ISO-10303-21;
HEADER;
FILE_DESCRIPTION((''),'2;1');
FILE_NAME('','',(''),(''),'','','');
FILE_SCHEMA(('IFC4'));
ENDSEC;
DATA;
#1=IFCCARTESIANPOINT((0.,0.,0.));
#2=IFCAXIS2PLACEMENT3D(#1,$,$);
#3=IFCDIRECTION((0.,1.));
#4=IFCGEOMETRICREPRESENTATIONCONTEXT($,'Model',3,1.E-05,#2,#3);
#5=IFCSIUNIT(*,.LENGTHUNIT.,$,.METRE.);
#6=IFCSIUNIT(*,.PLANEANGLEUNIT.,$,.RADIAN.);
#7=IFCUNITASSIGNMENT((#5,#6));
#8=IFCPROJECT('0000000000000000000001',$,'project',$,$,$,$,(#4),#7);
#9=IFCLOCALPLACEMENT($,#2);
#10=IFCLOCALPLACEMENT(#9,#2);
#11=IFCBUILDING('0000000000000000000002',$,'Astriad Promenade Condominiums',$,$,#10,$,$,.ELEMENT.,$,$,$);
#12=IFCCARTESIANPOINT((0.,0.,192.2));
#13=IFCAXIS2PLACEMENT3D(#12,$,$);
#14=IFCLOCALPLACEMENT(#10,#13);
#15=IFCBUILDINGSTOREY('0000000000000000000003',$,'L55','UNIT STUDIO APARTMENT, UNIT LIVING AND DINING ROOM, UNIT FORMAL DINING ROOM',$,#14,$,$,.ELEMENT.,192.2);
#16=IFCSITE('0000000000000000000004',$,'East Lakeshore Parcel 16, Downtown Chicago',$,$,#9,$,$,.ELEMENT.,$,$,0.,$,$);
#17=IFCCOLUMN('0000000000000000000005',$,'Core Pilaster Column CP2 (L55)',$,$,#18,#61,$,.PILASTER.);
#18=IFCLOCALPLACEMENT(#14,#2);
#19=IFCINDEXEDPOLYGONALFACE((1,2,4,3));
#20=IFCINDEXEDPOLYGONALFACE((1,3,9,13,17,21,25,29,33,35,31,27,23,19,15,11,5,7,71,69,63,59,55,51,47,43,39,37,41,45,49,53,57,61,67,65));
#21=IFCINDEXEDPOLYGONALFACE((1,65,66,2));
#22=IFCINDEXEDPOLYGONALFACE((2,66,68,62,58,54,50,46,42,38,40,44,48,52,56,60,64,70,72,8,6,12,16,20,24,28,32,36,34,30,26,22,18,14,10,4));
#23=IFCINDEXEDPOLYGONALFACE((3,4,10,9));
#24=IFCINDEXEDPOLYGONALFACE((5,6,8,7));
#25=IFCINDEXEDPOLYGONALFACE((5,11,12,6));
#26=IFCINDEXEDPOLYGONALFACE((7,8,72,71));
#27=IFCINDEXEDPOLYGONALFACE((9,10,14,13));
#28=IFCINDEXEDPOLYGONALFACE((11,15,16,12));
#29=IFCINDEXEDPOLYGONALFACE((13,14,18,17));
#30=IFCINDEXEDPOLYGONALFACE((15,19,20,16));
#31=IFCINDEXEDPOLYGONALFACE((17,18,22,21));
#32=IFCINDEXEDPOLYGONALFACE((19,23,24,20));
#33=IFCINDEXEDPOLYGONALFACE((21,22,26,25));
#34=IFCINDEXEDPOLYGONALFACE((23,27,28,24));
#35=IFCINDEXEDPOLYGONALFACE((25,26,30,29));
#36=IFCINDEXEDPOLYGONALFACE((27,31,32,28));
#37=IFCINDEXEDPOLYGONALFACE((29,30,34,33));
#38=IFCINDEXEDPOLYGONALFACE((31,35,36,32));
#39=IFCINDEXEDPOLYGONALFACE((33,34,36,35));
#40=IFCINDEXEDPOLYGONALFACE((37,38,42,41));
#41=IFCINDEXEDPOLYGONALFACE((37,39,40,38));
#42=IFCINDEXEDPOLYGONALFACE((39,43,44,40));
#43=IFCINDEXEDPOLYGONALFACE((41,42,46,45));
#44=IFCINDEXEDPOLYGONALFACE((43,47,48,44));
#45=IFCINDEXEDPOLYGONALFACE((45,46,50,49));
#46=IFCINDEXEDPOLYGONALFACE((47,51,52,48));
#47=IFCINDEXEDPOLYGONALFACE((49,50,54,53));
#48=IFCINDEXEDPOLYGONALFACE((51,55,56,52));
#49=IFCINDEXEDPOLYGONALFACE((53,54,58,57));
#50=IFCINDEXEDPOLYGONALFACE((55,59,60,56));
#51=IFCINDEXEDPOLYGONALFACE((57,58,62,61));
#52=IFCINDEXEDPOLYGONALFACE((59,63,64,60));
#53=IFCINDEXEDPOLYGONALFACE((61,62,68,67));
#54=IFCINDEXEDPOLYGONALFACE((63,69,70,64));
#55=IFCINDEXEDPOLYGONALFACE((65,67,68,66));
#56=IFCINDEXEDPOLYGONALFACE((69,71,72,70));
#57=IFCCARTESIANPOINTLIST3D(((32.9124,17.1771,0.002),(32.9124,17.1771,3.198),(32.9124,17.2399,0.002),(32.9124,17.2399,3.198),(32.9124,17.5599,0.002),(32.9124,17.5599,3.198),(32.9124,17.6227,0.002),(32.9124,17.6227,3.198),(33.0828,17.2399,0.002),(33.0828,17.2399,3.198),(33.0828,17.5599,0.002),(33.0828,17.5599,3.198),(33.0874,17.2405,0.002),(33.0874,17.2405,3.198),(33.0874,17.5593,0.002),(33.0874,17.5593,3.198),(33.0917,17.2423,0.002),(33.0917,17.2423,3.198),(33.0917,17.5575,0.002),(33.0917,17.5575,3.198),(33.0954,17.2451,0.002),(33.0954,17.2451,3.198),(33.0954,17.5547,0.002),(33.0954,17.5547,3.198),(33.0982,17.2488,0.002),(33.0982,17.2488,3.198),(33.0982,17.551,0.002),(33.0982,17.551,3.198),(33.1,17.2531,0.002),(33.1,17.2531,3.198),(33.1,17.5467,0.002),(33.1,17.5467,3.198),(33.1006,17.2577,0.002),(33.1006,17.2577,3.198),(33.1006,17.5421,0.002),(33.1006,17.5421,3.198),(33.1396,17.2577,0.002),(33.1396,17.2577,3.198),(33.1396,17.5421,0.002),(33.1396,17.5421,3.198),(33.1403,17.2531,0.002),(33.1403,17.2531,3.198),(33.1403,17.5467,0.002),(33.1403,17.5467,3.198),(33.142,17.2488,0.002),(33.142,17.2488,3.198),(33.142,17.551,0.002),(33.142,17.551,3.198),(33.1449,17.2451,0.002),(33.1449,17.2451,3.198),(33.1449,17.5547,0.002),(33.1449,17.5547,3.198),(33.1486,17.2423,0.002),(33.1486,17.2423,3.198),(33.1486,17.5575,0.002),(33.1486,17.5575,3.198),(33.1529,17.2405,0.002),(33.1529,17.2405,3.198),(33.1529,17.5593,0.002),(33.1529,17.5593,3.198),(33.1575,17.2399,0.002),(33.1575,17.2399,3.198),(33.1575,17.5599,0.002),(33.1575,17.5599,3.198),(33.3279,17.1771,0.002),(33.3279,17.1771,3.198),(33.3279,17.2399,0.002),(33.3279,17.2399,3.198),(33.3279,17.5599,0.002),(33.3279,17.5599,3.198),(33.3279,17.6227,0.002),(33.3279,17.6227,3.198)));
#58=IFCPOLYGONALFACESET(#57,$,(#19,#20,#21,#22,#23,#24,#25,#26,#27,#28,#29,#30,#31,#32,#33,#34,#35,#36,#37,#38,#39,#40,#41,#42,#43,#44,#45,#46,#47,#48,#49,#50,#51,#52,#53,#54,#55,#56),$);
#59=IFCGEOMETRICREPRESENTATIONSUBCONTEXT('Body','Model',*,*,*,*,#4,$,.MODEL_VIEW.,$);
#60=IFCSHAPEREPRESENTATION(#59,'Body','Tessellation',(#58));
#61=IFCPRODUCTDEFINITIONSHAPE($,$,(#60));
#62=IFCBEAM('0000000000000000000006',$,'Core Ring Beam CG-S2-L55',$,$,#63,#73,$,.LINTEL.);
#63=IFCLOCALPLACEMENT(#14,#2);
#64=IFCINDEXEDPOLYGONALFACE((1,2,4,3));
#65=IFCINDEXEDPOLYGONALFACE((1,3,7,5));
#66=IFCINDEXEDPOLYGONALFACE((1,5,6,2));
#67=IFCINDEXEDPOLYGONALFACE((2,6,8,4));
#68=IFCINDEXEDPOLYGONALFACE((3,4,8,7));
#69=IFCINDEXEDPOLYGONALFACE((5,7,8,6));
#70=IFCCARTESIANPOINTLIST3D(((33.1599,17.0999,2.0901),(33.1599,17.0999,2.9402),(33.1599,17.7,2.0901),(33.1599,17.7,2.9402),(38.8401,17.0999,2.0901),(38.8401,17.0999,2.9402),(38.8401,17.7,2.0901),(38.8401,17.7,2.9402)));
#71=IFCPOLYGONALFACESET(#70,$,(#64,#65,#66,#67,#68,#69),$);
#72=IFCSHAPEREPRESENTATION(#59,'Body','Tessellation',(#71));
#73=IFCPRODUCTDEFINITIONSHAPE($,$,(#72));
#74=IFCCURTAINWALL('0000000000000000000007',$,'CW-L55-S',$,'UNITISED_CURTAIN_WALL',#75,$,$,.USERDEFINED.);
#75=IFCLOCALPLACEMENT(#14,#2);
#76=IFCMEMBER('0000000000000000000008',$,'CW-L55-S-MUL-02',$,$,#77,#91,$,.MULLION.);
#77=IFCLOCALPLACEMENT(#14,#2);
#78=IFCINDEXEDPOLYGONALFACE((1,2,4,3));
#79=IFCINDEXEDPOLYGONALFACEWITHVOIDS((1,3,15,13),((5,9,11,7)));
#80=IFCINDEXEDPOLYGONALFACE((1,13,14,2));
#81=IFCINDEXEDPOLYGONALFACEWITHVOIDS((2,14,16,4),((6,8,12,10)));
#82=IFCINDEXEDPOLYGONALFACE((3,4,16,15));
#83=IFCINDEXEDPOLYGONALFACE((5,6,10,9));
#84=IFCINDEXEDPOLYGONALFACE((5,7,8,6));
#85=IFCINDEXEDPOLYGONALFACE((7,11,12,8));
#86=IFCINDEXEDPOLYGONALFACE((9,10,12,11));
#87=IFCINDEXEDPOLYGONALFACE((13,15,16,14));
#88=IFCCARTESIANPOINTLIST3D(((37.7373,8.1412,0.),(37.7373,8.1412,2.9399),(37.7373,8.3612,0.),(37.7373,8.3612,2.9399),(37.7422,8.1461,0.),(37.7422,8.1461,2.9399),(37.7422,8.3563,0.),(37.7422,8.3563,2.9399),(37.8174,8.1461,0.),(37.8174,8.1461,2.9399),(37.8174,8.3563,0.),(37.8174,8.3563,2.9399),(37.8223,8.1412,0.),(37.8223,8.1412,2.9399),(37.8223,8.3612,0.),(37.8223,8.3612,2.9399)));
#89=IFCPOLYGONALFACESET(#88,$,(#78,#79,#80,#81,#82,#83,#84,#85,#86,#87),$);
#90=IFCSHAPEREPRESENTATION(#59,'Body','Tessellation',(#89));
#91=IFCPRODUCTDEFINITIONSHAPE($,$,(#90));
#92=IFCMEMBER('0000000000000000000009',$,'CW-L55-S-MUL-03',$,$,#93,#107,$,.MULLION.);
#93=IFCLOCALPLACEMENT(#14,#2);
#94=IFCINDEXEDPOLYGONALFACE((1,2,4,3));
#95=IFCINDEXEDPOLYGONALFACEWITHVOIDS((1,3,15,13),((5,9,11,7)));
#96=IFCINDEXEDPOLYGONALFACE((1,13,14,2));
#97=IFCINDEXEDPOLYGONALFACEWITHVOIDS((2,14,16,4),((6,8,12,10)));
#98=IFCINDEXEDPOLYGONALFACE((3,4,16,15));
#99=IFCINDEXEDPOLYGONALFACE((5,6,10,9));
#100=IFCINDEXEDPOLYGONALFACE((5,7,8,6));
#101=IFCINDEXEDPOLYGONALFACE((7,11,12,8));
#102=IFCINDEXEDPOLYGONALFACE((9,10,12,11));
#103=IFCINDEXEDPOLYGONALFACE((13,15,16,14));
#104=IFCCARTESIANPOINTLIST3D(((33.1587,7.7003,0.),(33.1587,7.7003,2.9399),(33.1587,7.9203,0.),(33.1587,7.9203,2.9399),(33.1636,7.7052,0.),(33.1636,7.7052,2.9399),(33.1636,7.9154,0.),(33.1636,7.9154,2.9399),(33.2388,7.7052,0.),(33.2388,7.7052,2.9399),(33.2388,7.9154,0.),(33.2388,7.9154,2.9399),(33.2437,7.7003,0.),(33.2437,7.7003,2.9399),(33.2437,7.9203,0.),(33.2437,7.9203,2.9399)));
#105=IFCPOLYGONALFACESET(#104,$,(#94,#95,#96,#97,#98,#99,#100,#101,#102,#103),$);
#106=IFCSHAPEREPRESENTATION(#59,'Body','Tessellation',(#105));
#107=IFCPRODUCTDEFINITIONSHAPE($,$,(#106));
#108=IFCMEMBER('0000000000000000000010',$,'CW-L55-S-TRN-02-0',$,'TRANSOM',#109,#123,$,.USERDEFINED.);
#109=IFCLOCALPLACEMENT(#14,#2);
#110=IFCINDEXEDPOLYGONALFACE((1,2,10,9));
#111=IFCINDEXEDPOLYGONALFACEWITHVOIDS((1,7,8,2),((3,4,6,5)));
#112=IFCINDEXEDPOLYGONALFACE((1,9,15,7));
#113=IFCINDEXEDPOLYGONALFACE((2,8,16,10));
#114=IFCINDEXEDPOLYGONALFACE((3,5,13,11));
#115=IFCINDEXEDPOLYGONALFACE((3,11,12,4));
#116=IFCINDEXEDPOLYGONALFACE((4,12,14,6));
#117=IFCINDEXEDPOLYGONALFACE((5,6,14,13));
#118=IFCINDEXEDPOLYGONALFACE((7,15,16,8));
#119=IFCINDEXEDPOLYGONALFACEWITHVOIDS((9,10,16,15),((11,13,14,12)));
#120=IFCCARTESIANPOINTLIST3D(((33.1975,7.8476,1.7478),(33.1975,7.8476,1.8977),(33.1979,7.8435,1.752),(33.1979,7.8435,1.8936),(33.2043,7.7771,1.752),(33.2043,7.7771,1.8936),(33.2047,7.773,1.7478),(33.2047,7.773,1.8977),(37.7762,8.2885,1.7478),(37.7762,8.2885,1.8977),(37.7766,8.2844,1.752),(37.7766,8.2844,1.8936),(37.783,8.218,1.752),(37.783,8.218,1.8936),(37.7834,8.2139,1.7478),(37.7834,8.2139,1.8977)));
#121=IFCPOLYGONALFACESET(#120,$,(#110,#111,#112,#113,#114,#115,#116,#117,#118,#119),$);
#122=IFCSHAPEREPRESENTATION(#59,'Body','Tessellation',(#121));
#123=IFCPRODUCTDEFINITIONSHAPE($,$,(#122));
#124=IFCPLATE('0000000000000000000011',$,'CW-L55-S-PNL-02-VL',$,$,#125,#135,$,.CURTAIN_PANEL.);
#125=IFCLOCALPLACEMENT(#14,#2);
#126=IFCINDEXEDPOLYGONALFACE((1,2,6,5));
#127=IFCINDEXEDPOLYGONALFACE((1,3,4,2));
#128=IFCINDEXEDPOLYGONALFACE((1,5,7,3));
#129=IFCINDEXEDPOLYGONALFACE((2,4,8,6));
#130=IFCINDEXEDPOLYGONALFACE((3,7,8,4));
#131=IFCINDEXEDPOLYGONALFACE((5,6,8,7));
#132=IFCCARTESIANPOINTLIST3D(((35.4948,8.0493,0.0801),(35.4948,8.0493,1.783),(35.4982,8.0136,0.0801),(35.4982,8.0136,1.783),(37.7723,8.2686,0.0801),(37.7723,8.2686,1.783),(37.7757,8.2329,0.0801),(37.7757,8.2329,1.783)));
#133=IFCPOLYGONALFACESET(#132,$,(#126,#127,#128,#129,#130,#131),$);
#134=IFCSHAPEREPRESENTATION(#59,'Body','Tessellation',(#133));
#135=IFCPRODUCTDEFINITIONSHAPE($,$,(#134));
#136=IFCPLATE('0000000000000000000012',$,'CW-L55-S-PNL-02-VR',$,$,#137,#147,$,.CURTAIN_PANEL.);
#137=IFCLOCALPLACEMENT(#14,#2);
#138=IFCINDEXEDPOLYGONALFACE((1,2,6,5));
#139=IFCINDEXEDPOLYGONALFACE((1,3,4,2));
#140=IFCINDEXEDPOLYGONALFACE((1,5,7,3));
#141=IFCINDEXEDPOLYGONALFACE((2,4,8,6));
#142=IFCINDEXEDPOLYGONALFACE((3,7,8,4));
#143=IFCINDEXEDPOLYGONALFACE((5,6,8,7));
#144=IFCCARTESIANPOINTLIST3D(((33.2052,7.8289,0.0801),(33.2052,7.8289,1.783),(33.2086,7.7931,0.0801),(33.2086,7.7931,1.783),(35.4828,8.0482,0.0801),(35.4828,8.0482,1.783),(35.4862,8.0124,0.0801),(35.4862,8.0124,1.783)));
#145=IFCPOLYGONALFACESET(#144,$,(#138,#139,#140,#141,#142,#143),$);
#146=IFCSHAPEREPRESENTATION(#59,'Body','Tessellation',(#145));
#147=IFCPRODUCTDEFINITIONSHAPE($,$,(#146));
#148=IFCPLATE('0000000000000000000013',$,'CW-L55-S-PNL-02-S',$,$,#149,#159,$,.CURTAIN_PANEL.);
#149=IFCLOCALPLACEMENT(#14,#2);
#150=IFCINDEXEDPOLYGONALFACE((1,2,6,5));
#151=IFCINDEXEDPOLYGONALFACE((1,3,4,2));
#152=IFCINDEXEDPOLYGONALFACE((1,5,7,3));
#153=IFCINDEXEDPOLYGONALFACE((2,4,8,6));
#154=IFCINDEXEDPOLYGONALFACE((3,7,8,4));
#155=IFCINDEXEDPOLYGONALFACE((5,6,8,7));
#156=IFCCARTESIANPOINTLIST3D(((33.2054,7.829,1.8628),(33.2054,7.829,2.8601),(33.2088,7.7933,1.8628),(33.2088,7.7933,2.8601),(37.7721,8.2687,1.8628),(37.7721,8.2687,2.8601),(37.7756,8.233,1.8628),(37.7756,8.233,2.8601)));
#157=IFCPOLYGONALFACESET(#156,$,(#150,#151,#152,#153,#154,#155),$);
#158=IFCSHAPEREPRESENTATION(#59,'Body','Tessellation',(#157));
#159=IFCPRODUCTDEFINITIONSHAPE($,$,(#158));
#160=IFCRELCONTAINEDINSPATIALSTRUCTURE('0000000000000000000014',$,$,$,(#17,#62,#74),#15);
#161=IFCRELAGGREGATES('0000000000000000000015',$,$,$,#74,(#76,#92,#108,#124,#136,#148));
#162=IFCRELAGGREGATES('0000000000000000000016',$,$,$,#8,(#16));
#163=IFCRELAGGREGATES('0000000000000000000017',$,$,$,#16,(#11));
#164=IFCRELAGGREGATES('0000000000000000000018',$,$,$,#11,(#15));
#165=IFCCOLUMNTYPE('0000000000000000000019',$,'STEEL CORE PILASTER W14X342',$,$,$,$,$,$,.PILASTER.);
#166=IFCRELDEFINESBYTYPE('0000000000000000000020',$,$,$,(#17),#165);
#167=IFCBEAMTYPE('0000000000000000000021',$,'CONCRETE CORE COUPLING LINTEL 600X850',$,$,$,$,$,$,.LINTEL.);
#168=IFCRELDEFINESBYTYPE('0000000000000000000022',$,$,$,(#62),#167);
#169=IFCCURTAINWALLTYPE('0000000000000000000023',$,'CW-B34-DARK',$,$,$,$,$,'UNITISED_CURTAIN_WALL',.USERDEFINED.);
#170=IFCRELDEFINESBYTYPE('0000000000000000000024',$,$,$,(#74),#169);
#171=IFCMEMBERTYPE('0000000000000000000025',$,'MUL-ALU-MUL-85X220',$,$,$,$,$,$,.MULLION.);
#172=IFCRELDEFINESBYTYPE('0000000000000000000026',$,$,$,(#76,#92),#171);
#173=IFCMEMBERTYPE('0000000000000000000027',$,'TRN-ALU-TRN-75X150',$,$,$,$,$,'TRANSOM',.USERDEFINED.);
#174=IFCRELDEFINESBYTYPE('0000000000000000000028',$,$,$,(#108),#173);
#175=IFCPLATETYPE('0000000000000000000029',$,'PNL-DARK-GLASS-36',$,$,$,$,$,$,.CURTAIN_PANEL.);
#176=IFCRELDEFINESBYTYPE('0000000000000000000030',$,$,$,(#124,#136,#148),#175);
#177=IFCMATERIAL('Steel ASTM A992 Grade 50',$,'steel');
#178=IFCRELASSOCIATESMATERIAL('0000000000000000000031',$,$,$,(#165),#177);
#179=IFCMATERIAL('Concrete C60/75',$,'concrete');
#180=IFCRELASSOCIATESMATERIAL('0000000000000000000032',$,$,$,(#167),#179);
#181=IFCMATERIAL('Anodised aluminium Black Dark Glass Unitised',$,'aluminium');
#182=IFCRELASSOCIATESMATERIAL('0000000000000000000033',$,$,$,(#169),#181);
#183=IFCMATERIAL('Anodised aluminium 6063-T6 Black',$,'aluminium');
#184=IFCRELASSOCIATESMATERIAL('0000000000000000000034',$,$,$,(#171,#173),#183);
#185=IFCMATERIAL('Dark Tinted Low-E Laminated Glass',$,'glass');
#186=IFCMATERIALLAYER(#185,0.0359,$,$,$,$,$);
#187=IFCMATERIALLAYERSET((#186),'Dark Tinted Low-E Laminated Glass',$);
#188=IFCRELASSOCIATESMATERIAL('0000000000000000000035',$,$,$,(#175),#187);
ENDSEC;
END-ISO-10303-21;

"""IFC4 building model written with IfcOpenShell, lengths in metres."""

from ifc_helpers import new_model, si_unit, direction, frame, origin, origin_2d, place, context, subcontext, project, spatial, rectangle, hollow_rectangle, i_section, extrude, source, transform, mapped, material, layer, layer_set, material_profile, profile_set, type_object, type_shapes, element, aggregate, save


model = new_model("IFC4")

# Units and contexts
model_context = context("Model", 3, precision=1e-05, world=origin(), true_north=direction((0.0, 1.0)))
body_context = subcontext(model_context, "Body", "Model", "MODEL_VIEW")
ifc_project = project(units=[si_unit("LENGTHUNIT", "METRE"), si_unit("PLANEANGLEUNIT", "RADIAN")], contexts=[model_context])

# Site, building, storey
site_placement = place(None, origin())
site = spatial("IfcSite", under=ifc_project, at=site_placement, Name="East Lakeshore Parcel 16, Downtown Chicago", CompositionType="ELEMENT", RefElevation=0.0)
building_placement = place(site_placement, origin())
building = spatial("IfcBuilding", under=site, at=building_placement, Name="Astriad Promenade Condominiums", CompositionType="ELEMENT")
storey_placement = place(building_placement, frame((0.0, 0.0, 192.2)))
storey = spatial("IfcBuildingStorey", under=building, at=storey_placement, Name="L55", Description="UNIT STUDIO APARTMENT, UNIT LIVING AND DINING ROOM, UNIT FORMAL DINING ROOM", CompositionType="ELEMENT", Elevation=192.2)

# Column
ifc_material_1 = material(Name="Steel ASTM A992 Grade 50", Category="steel")
ifc_material_profile_1 = material_profile(ifc_material_1, i_section(OverallWidth=0.4155, OverallDepth=0.4456, WebThickness=0.0391, FlangeThickness=0.0627, FilletRadius=0.0178, at=origin_2d()), Name="W14X342")
ifc_profile_set_1 = profile_set([ifc_material_profile_1], Name="Steel ASTM A992 Grade 50")
column_type = type_object("IfcColumnType", Name="STEEL CORE PILASTER W14X342", PredefinedType="PILASTER", material=ifc_profile_set_1)
shared_shape_1 = source(origin(), body_context, "Body", "SweptSolid", [
    extrude(i_section(OverallWidth=0.4155, OverallDepth=0.4456, WebThickness=0.0391, FlangeThickness=0.0627, FilletRadius=0.0178, at=origin_2d()), origin(), (0.0, 0.0, 1.0), 3.196),
])
type_shapes(column_type, [shared_shape_1])
column_placement = place(storey_placement, frame((33.1201, 17.3999, 0.002), z_axis=(0.0, 0.0, 1.0), x_axis=(1.0, 0.0, 0.0)))
element("IfcColumn", 1, at=column_placement, inside=storey, type_object=column_type, Name="Core Pilaster Column CP2 (L55)", PredefinedType="PILASTER", context=body_context, shape_type="MappedRepresentation", body=[
    mapped(shared_shape_1, transform((0.0, 0.0, 0.0), scale=1.0)),
])

# Beam
ifc_material_2 = material(Name="Concrete C60/75", Category="concrete")
ifc_material_profile_2 = material_profile(ifc_material_2, rectangle(XDim=0.6001, YDim=0.8501, at=origin_2d()), Name="RC-BM-600X850")
ifc_profile_set_2 = profile_set([ifc_material_profile_2], Name="Concrete C60/75")
beam_type = type_object("IfcBeamType", Name="CONCRETE CORE COUPLING LINTEL 600X850", PredefinedType="LINTEL", material=ifc_profile_set_2)
shared_shape_2 = source(origin(), body_context, "Body", "SweptSolid", [
    extrude(rectangle(XDim=0.6001, YDim=0.8501, at=origin_2d()), origin(), (0.0, 0.0, 1.0), 5.6802),
])
type_shapes(beam_type, [shared_shape_2])
beam_placement = place(storey_placement, frame((33.1599, 17.3999, 2.5151), z_axis=(1.0, 0.0, 0.0), x_axis=(0.0, 1.0, 0.0)))
element("IfcBeam", 2, at=beam_placement, inside=storey, type_object=beam_type, Name="Core Ring Beam CG-S2-L55", PredefinedType="LINTEL", context=body_context, shape_type="MappedRepresentation", body=[
    mapped(shared_shape_2, transform((0.0, 0.0, 0.0), scale=1.0)),
])

# Curtain wall, members, plates
ifc_material_3 = material(Name="Anodised aluminium Black Dark Glass Unitised", Category="aluminium")
curtain_wall_type = type_object("IfcCurtainWallType", Name="CW-B34-DARK", ElementType="UNITISED_CURTAIN_WALL", PredefinedType="USERDEFINED", material=ifc_material_3)
curtain_wall_placement = place(storey_placement, origin())
curtain_wall = element("IfcCurtainWall", 3, at=curtain_wall_placement, inside=storey, type_object=curtain_wall_type, Name="CW-L55-S", ObjectType="UNITISED_CURTAIN_WALL", PredefinedType="USERDEFINED")
ifc_material_4 = material(Name="Anodised aluminium 6063-T6 Black", Category="aluminium")
ifc_material_profile_3 = material_profile(ifc_material_4, hollow_rectangle(XDim=0.085, YDim=0.22, WallThickness=0.0049, at=origin_2d()), Name="ALU-MUL-85X220")
ifc_profile_set_3 = profile_set([ifc_material_profile_3], Name="Anodised aluminium 6063-T6 Black")
member_type_1 = type_object("IfcMemberType", Name="MUL-ALU-MUL-85X220", PredefinedType="MULLION", material=ifc_profile_set_3)
shared_shape_3 = source(origin(), body_context, "Body", "SweptSolid", [
    extrude(hollow_rectangle(XDim=0.085, YDim=0.22, WallThickness=0.0049, at=origin_2d()), origin(), (0.0, 0.0, 1.0), 2.9399),
])
type_shapes(member_type_1, [shared_shape_3])
member_1_placement = place(storey_placement, frame((37.7798, 8.2512, 0.0), z_axis=(0.0, 0.0, 1.0), x_axis=(1.0, 0.0, 0.0)))
member_1 = element("IfcMember", 4, at=member_1_placement, type_object=member_type_1, Name="CW-L55-S-MUL-02", PredefinedType="MULLION", context=body_context, shape_type="MappedRepresentation", body=[
    mapped(shared_shape_3, transform((0.0, 0.0, 0.0), scale=1.0)),
])
member_2_placement = place(storey_placement, frame((33.2012, 7.8103, 0.0), z_axis=(0.0, 0.0, 1.0), x_axis=(1.0, 0.0, 0.0)))
member_2 = element("IfcMember", 5, at=member_2_placement, type_object=member_type_1, Name="CW-L55-S-MUL-03", PredefinedType="MULLION", context=body_context, shape_type="MappedRepresentation", body=[
    mapped(shared_shape_3, transform((0.0, 0.0, 0.0), scale=1.0)),
])
ifc_material_profile_4 = material_profile(ifc_material_4, hollow_rectangle(XDim=0.075, YDim=0.1499, WallThickness=0.0042, at=origin_2d()), Name="ALU-TRN-75X150")
ifc_profile_set_4 = profile_set([ifc_material_profile_4], Name="Anodised aluminium 6063-T6 Black")
member_type_2 = type_object("IfcMemberType", Name="TRN-ALU-TRN-75X150", ElementType="TRANSOM", PredefinedType="USERDEFINED", material=ifc_profile_set_4)
shared_shape_4 = source(origin(), body_context, "Body", "SweptSolid", [
    extrude(hollow_rectangle(XDim=0.075, YDim=0.1499, WallThickness=0.0042, at=origin_2d()), origin(), (0.0, 0.0, 1.0), 4.5999),
])
type_shapes(member_type_2, [shared_shape_4])
member_3_placement = place(storey_placement, frame((37.7798, 8.2512, 1.8228), z_axis=(-0.995395, -0.095856, 0.0), x_axis=(0.095856, -0.995395, 0.0)))
member_3 = element("IfcMember", 6, at=member_3_placement, type_object=member_type_2, Name="CW-L55-S-TRN-02-0", ObjectType="TRANSOM", PredefinedType="USERDEFINED", context=body_context, shape_type="MappedRepresentation", body=[
    mapped(shared_shape_4, transform((0.0, 0.0, 0.0), scale=1.0)),
])
ifc_material_5 = material(Name="Dark Tinted Low-E Laminated Glass", Category="glass")
ifc_layer_1 = layer(ifc_material_5, 0.0359)
ifc_layer_set_1 = layer_set([ifc_layer_1], Name="Dark Tinted Low-E Laminated Glass")
plate_type = type_object("IfcPlateType", Name="PNL-DARK-GLASS-36", PredefinedType="CURTAIN_PANEL", material=ifc_layer_set_1)
shared_shape_5 = source(origin(), body_context, "Body", "SweptSolid", [
    extrude(rectangle(XDim=2.2881, YDim=0.0359, at=origin_2d()), origin(), (0.0, 0.0, 1.0), 1.7029),
])
plate_1_placement = place(storey_placement, frame((36.6353, 8.1411, 0.0801), z_axis=(0.0, 0.0, 1.0), x_axis=(-0.995396, -0.095846, 0.0)))
plate_1 = element("IfcPlate", 7, at=plate_1_placement, type_object=plate_type, Name="CW-L55-S-PNL-02-VL", PredefinedType="CURTAIN_PANEL", context=body_context, shape_type="MappedRepresentation", body=[
    mapped(shared_shape_5, transform((0.0, 0.0, 0.0), scale=1.0)),
])
plate_2_placement = place(storey_placement, frame((34.3457, 7.9207, 0.0801), z_axis=(0.0, 0.0, 1.0), x_axis=(-0.995396, -0.095846, 0.0)))
plate_2 = element("IfcPlate", 8, at=plate_2_placement, type_object=plate_type, Name="CW-L55-S-PNL-02-VR", PredefinedType="CURTAIN_PANEL", context=body_context, shape_type="MappedRepresentation", body=[
    mapped(shared_shape_5, transform((0.0, 0.0, 0.0), scale=1.0)),
])
shared_shape_6 = source(origin(), body_context, "Body", "SweptSolid", [
    extrude(rectangle(XDim=4.5879, YDim=0.0359, at=origin_2d()), origin(), (0.0, 0.0, 1.0), 0.9973),
])
type_shapes(plate_type, [shared_shape_5, shared_shape_6])
plate_3_placement = place(storey_placement, frame((35.4905, 8.031, 1.8628), z_axis=(0.0, 0.0, 1.0), x_axis=(-0.995396, -0.095846, 0.0)))
plate_3 = element("IfcPlate", 9, at=plate_3_placement, type_object=plate_type, Name="CW-L55-S-PNL-02-S", PredefinedType="CURTAIN_PANEL", context=body_context, shape_type="MappedRepresentation", body=[
    mapped(shared_shape_6, transform((0.0, 0.0, 0.0), scale=1.0)),
])
aggregate(curtain_wall, [member_1, member_2, member_3, plate_1, plate_2, plate_3])

save(model, "model.ifc")
